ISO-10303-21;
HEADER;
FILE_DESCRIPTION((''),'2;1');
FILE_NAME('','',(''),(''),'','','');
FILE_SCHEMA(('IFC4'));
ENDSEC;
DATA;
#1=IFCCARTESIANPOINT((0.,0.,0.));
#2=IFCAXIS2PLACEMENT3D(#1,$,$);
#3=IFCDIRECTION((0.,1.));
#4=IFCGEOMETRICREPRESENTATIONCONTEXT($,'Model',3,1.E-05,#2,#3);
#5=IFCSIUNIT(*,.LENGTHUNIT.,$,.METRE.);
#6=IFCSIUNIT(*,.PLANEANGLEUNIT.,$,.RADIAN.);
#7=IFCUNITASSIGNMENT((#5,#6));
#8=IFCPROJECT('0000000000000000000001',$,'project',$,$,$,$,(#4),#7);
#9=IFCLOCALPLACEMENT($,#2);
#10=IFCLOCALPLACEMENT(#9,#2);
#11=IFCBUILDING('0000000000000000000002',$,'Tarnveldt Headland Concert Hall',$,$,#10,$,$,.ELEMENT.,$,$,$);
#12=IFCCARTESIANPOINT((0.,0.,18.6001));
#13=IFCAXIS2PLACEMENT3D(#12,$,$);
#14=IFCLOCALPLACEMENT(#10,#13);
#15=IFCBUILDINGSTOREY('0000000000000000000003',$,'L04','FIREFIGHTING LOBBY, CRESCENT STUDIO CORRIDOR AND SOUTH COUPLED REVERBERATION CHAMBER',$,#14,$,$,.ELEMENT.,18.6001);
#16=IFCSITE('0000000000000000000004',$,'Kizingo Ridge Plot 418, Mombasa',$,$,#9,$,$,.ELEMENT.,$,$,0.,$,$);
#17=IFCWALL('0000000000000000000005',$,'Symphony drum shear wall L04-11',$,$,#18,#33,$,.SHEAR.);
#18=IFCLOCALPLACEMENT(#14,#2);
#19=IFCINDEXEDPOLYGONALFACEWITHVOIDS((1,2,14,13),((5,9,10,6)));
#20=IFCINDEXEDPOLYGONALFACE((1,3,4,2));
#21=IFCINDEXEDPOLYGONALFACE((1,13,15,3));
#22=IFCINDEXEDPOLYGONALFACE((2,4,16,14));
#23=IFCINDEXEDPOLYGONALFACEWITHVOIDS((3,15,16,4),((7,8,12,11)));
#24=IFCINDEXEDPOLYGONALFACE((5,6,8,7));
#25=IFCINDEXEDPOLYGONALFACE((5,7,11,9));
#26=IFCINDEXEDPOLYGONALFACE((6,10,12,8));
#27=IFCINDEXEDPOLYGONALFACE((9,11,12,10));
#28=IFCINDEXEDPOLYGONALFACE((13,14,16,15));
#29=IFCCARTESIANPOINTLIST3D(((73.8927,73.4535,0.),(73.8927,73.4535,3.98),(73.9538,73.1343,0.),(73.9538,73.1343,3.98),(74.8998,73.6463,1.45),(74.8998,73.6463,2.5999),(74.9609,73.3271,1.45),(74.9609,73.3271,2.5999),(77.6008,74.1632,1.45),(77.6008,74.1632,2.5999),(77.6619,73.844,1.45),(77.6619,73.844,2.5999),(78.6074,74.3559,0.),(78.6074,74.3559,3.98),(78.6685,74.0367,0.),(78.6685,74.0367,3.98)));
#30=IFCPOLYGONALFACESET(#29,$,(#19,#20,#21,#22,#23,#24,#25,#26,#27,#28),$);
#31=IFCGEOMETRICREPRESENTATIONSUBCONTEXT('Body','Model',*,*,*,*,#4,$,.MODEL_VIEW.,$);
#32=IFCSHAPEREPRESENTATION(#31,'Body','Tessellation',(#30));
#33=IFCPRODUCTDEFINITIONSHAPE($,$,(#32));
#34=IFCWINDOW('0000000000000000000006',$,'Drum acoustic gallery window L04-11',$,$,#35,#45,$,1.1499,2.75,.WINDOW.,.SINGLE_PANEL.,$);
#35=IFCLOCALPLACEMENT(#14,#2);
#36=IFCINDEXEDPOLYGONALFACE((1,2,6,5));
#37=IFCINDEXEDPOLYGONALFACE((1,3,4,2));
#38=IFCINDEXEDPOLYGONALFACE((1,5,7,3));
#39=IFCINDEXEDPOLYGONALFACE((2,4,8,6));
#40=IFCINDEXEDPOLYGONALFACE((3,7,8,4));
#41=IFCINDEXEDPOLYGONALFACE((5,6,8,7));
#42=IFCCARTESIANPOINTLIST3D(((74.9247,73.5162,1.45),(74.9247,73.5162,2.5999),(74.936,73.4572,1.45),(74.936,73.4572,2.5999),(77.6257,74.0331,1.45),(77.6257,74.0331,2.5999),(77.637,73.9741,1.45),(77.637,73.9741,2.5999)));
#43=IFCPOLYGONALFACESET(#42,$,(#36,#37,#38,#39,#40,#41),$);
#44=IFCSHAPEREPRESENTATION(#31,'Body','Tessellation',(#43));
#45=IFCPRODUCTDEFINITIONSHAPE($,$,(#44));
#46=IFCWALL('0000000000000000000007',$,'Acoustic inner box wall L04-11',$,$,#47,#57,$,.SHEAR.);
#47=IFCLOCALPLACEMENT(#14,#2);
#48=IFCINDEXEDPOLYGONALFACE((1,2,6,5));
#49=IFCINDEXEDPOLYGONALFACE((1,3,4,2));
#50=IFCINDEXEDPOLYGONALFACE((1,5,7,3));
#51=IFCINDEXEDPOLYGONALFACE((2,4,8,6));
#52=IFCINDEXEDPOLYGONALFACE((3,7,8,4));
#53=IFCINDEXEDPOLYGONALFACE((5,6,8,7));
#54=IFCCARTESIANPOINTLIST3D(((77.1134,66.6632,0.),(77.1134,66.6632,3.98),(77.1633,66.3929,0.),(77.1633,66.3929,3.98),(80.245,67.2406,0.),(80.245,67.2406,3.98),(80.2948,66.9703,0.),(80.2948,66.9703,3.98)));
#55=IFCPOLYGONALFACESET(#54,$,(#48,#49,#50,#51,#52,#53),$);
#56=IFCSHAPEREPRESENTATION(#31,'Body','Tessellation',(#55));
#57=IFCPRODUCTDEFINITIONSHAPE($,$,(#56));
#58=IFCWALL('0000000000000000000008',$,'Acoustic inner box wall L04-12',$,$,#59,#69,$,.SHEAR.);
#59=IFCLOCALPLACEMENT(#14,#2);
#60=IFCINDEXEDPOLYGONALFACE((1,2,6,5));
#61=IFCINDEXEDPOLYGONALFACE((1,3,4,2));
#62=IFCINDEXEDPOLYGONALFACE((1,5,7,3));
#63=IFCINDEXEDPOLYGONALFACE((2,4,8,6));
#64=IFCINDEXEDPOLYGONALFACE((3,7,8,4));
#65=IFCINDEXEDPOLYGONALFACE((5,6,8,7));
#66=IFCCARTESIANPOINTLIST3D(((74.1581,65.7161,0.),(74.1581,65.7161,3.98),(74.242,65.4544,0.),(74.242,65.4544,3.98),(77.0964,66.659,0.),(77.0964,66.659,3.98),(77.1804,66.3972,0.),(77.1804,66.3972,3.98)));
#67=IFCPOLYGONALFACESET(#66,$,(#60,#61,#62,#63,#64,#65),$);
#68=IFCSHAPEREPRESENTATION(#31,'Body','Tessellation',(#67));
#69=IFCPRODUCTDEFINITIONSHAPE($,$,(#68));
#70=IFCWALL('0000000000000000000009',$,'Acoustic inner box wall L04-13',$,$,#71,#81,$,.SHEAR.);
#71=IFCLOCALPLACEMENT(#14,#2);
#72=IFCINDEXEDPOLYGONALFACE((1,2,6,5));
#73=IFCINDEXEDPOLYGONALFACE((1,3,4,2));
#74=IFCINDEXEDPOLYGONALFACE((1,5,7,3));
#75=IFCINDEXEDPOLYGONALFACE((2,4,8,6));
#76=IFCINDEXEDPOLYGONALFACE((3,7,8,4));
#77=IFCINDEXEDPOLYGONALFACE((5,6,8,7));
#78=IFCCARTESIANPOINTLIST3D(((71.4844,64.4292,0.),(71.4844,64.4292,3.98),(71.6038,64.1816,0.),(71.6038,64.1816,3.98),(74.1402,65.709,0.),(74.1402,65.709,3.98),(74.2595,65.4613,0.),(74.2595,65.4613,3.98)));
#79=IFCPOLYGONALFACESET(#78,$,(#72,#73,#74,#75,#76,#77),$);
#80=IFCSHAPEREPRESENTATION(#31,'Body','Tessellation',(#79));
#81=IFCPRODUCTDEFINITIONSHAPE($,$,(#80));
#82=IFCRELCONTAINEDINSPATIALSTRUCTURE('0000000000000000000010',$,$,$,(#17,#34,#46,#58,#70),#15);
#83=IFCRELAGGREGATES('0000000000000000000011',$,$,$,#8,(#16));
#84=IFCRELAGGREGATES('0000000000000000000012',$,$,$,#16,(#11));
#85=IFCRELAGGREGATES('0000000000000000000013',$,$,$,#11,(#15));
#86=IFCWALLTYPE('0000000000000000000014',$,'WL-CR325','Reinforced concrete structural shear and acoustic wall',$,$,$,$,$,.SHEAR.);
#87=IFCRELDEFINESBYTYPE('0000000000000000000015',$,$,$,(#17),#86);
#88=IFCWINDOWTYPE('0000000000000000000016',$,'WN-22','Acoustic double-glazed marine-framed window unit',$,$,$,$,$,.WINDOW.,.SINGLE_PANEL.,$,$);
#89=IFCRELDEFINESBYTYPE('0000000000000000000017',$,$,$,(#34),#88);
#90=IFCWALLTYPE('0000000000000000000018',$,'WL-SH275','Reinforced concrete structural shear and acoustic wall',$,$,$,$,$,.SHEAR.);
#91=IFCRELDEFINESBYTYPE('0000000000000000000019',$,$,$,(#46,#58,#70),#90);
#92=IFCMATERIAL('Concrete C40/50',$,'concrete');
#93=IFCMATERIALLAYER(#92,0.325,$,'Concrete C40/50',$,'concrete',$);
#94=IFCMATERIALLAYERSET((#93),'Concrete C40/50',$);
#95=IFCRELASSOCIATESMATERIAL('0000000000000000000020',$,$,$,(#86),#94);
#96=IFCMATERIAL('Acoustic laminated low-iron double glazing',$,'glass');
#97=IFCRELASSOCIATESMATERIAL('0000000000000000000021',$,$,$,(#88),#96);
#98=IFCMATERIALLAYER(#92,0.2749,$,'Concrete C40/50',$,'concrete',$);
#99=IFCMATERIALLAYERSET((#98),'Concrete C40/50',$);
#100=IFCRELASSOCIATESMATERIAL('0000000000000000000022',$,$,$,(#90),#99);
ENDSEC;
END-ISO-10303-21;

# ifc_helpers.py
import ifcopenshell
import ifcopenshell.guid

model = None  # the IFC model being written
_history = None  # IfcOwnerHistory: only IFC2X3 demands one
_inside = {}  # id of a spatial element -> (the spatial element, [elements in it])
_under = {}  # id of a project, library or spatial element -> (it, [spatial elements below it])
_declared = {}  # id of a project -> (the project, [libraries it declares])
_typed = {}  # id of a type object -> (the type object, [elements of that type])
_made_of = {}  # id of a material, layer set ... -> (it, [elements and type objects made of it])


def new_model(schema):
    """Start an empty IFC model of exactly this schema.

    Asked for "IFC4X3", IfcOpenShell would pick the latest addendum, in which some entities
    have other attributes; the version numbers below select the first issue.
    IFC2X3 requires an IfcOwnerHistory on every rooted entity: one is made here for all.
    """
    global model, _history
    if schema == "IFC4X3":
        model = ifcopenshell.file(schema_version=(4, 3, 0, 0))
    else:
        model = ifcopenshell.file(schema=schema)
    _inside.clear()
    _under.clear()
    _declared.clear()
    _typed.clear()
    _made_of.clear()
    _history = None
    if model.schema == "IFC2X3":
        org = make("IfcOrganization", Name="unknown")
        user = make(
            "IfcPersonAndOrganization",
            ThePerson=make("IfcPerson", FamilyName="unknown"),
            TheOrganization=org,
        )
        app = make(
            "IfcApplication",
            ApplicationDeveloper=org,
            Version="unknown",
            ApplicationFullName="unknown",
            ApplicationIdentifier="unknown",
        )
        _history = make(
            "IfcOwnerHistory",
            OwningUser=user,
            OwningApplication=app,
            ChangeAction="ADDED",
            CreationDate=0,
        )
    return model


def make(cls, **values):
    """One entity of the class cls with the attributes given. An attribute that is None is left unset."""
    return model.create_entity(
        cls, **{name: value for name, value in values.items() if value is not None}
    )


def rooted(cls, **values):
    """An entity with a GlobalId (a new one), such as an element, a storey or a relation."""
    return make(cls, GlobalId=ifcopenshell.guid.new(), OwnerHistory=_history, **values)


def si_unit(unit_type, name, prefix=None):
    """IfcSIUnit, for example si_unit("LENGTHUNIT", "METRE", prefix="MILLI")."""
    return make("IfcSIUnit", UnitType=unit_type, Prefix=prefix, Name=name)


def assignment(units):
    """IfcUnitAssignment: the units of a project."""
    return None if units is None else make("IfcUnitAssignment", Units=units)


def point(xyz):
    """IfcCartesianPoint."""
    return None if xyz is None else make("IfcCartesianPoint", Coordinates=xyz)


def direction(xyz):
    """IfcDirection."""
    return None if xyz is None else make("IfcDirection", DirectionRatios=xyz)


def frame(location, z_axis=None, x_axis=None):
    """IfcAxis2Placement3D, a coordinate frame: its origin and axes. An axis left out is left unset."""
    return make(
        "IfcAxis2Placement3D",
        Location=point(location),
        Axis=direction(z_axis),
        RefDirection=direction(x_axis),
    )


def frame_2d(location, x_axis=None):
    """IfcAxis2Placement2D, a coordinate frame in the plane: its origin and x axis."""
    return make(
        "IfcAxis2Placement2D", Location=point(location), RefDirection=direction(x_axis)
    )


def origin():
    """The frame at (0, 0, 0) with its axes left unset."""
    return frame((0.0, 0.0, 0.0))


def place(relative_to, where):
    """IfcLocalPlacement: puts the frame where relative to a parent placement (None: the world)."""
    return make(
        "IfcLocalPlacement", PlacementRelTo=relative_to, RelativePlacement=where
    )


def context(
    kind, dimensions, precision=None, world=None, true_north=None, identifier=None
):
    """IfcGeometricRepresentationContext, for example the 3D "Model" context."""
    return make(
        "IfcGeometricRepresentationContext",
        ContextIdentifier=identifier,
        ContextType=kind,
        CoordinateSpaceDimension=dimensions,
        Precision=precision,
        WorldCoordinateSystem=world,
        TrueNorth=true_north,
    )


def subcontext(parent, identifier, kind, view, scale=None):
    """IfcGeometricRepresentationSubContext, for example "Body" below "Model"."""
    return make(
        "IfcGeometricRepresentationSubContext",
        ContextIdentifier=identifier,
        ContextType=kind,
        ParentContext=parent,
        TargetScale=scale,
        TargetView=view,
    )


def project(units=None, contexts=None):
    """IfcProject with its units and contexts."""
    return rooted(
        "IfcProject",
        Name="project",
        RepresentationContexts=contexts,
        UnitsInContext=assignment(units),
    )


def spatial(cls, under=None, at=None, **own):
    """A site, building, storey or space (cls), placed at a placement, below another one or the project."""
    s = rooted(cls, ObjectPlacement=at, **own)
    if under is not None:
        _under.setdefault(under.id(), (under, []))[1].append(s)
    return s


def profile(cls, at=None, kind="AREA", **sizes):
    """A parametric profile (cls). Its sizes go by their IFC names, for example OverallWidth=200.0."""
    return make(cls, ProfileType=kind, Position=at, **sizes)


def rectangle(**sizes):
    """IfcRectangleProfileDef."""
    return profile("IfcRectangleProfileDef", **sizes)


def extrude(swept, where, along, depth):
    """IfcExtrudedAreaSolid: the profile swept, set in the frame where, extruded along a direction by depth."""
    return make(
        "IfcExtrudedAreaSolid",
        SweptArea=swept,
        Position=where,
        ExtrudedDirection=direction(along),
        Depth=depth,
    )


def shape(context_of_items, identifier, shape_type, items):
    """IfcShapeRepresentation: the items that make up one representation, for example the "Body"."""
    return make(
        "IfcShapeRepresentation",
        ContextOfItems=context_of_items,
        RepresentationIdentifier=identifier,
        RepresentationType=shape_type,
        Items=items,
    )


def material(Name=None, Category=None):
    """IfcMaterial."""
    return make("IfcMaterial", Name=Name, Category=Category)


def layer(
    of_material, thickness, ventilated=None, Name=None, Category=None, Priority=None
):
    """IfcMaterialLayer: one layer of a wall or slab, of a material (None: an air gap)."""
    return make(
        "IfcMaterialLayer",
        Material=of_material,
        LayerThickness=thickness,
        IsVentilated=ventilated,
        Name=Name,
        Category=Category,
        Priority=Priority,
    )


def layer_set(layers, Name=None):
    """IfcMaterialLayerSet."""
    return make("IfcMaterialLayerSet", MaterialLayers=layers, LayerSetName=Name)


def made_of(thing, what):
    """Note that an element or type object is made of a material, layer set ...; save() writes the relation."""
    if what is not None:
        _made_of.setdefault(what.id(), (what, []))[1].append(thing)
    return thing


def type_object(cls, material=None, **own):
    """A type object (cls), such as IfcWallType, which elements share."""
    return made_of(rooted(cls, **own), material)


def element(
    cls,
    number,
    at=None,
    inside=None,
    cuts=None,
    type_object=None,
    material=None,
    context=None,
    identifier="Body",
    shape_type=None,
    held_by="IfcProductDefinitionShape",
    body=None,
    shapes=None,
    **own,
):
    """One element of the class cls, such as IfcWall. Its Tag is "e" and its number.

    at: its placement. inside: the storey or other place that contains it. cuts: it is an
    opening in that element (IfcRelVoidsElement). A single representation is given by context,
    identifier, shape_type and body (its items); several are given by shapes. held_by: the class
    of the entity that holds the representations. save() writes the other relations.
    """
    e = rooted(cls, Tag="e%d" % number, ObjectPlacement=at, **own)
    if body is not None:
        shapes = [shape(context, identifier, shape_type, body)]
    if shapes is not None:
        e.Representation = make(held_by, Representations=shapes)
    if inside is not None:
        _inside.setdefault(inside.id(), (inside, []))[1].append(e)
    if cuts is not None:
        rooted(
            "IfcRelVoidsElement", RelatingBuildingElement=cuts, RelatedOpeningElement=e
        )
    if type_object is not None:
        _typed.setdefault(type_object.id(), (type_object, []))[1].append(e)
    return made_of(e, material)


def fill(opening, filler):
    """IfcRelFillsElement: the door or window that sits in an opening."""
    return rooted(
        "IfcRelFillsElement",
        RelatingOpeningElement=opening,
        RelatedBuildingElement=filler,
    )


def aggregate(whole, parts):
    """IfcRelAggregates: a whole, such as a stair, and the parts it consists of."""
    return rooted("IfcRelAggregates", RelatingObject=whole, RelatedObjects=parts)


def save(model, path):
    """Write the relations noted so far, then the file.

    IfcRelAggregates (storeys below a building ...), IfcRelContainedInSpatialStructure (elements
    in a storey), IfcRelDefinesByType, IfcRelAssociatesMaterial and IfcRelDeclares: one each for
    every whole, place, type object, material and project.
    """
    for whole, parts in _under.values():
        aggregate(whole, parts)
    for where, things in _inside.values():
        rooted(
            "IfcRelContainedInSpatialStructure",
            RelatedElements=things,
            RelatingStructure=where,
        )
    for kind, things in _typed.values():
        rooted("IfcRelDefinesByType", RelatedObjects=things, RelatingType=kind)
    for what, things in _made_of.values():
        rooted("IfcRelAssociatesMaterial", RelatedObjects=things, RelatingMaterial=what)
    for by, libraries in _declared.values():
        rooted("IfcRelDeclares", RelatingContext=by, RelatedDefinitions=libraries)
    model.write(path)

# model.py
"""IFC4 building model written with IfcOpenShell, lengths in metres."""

from ifc_helpers import new_model, si_unit, direction, frame, frame_2d, origin, place, context, subcontext, project, spatial, rectangle, extrude, material, layer, layer_set, type_object, element, fill, save


model = new_model("IFC4")

# Units and contexts
model_context = context("Model", 3, precision=1e-05, world=origin(), true_north=direction((0.0, 1.0)))
body_context = subcontext(model_context, "Body", "Model", "MODEL_VIEW")
ifc_project = project(units=[si_unit("LENGTHUNIT", "METRE"), si_unit("PLANEANGLEUNIT", "RADIAN")], contexts=[model_context])

# Site, building, storey
site_placement = place(None, origin())
site = spatial("IfcSite", under=ifc_project, at=site_placement, Name="Kizingo Ridge Plot 418, Mombasa", CompositionType="ELEMENT", RefElevation=0.0)
building_placement = place(site_placement, origin())
building = spatial("IfcBuilding", under=site, at=building_placement, Name="Tarnveldt Headland Concert Hall", CompositionType="ELEMENT")
storey_placement = place(building_placement, frame((0.0, 0.0, 18.6001)))
storey = spatial("IfcBuildingStorey", under=building, at=storey_placement, Name="L04", Description="FIREFIGHTING LOBBY, CRESCENT STUDIO CORRIDOR AND SOUTH COUPLED REVERBERATION CHAMBER", CompositionType="ELEMENT", Elevation=18.6001)

# Shared definitions
ifc_material_1 = material(Name="Concrete C40/50", Category="concrete")

# Wall, opening, window
ifc_layer_1 = layer(ifc_material_1, 0.325, Name="Concrete C40/50", Category="concrete")
ifc_layer_set_1 = layer_set([ifc_layer_1], Name="Concrete C40/50")
wall_type_1 = type_object("IfcWallType", Name="WL-CR325", Description="Reinforced concrete structural shear and acoustic wall", PredefinedType="SHEAR", material=ifc_layer_set_1)
wall_1_placement = place(storey_placement, frame((78.6379, 74.1963, 0.0), z_axis=(0.0, 0.0, 1.0), x_axis=(-0.982173, -0.187981, 0.0)))
wall_1 = element("IfcWall", 1, at=wall_1_placement, inside=storey, type_object=wall_type_1, Name="Symphony drum shear wall L04-11", PredefinedType="SHEAR", context=body_context, shape_type="SweptSolid", body=[
    extrude(rectangle(XDim=4.8003, YDim=0.325, at=frame_2d((2.4001, 0.0))), origin(), (0.0, 0.0, 1.0), 3.98),
])
opening_placement = place(wall_1_placement, frame((1.0249, 0.0, 1.45)))
opening = element("IfcOpeningElement", 2, at=opening_placement, cuts=wall_1, PredefinedType="OPENING", context=body_context, shape_type="SweptSolid", body=[
    extrude(rectangle(XDim=2.75, YDim=1.1499, at=frame_2d((1.375, 0.575))), frame((0.0, 0.1724, 0.0), z_axis=(0.0, -1.0, 0.0), x_axis=(1.0, 0.0, 0.0)), (0.0, 0.0, 1.0), 0.345),
])
ifc_material_2 = material(Name="Acoustic laminated low-iron double glazing", Category="glass")
window_type = type_object("IfcWindowType", Name="WN-22", Description="Acoustic double-glazed marine-framed window unit", PartitioningType="SINGLE_PANEL", PredefinedType="WINDOW", material=ifc_material_2)
window_placement = place(opening_placement, origin())
window = element("IfcWindow", 3, at=window_placement, inside=storey, type_object=window_type, Name="Drum acoustic gallery window L04-11", OverallHeight=1.1499, OverallWidth=2.75, PartitioningType="SINGLE_PANEL", PredefinedType="WINDOW", context=body_context, shape_type="SweptSolid", body=[
    extrude(rectangle(XDim=2.75, YDim=1.1499, at=frame_2d((1.375, 0.575))), frame((0.0, 0.03, 0.0), z_axis=(0.0, -1.0, 0.0), x_axis=(1.0, 0.0, 0.0)), (0.0, 0.0, 1.0), 0.0601),
])
fill(opening, window)

# Walls
ifc_layer_2 = layer(ifc_material_1, 0.2749, Name="Concrete C40/50", Category="concrete")
ifc_layer_set_2 = layer_set([ifc_layer_2], Name="Concrete C40/50")
wall_type_2 = type_object("IfcWallType", Name="WL-SH275", Description="Reinforced concrete structural shear and acoustic wall", PredefinedType="SHEAR", material=ifc_layer_set_2)
wall_2_placement = place(storey_placement, frame((80.27, 67.1055, 0.0), z_axis=(0.0, 0.0, 1.0), x_axis=(-0.983424, -0.18132, 0.0)))
element("IfcWall", 4, at=wall_2_placement, inside=storey, type_object=wall_type_2, Name="Acoustic inner box wall L04-11", PredefinedType="SHEAR", context=body_context, shape_type="SweptSolid", body=[
    extrude(rectangle(XDim=3.1843, YDim=0.2749, at=frame_2d((1.5923, 0.0))), origin(), (0.0, 0.0, 1.0), 3.98),
])
wall_3_placement = place(storey_placement, frame((77.1384, 66.5281, 0.0), z_axis=(0.0, 0.0, 1.0), x_axis=(-0.952183, -0.305528, 0.0)))
element("IfcWall", 5, at=wall_3_placement, inside=storey, type_object=wall_type_2, Name="Acoustic inner box wall L04-12", PredefinedType="SHEAR", context=body_context, shape_type="SweptSolid", body=[
    extrude(rectangle(XDim=3.0859, YDim=0.2749, at=frame_2d((1.543, 0.0))), origin(), (0.0, 0.0, 1.0), 3.98),
])
wall_4_placement = place(storey_placement, frame((74.2, 65.5852, 0.0), z_axis=(0.0, 0.0, 1.0), x_axis=(-0.900858, -0.434114, 0.0)))
element("IfcWall", 6, at=wall_4_placement, inside=storey, type_object=wall_type_2, Name="Acoustic inner box wall L04-13", PredefinedType="SHEAR", context=body_context, shape_type="SweptSolid", body=[
    extrude(rectangle(XDim=2.948, YDim=0.2749, at=frame_2d((1.4741, 0.0))), origin(), (0.0, 0.0, 1.0), 3.98),
])

save(model, "model.ifc")
